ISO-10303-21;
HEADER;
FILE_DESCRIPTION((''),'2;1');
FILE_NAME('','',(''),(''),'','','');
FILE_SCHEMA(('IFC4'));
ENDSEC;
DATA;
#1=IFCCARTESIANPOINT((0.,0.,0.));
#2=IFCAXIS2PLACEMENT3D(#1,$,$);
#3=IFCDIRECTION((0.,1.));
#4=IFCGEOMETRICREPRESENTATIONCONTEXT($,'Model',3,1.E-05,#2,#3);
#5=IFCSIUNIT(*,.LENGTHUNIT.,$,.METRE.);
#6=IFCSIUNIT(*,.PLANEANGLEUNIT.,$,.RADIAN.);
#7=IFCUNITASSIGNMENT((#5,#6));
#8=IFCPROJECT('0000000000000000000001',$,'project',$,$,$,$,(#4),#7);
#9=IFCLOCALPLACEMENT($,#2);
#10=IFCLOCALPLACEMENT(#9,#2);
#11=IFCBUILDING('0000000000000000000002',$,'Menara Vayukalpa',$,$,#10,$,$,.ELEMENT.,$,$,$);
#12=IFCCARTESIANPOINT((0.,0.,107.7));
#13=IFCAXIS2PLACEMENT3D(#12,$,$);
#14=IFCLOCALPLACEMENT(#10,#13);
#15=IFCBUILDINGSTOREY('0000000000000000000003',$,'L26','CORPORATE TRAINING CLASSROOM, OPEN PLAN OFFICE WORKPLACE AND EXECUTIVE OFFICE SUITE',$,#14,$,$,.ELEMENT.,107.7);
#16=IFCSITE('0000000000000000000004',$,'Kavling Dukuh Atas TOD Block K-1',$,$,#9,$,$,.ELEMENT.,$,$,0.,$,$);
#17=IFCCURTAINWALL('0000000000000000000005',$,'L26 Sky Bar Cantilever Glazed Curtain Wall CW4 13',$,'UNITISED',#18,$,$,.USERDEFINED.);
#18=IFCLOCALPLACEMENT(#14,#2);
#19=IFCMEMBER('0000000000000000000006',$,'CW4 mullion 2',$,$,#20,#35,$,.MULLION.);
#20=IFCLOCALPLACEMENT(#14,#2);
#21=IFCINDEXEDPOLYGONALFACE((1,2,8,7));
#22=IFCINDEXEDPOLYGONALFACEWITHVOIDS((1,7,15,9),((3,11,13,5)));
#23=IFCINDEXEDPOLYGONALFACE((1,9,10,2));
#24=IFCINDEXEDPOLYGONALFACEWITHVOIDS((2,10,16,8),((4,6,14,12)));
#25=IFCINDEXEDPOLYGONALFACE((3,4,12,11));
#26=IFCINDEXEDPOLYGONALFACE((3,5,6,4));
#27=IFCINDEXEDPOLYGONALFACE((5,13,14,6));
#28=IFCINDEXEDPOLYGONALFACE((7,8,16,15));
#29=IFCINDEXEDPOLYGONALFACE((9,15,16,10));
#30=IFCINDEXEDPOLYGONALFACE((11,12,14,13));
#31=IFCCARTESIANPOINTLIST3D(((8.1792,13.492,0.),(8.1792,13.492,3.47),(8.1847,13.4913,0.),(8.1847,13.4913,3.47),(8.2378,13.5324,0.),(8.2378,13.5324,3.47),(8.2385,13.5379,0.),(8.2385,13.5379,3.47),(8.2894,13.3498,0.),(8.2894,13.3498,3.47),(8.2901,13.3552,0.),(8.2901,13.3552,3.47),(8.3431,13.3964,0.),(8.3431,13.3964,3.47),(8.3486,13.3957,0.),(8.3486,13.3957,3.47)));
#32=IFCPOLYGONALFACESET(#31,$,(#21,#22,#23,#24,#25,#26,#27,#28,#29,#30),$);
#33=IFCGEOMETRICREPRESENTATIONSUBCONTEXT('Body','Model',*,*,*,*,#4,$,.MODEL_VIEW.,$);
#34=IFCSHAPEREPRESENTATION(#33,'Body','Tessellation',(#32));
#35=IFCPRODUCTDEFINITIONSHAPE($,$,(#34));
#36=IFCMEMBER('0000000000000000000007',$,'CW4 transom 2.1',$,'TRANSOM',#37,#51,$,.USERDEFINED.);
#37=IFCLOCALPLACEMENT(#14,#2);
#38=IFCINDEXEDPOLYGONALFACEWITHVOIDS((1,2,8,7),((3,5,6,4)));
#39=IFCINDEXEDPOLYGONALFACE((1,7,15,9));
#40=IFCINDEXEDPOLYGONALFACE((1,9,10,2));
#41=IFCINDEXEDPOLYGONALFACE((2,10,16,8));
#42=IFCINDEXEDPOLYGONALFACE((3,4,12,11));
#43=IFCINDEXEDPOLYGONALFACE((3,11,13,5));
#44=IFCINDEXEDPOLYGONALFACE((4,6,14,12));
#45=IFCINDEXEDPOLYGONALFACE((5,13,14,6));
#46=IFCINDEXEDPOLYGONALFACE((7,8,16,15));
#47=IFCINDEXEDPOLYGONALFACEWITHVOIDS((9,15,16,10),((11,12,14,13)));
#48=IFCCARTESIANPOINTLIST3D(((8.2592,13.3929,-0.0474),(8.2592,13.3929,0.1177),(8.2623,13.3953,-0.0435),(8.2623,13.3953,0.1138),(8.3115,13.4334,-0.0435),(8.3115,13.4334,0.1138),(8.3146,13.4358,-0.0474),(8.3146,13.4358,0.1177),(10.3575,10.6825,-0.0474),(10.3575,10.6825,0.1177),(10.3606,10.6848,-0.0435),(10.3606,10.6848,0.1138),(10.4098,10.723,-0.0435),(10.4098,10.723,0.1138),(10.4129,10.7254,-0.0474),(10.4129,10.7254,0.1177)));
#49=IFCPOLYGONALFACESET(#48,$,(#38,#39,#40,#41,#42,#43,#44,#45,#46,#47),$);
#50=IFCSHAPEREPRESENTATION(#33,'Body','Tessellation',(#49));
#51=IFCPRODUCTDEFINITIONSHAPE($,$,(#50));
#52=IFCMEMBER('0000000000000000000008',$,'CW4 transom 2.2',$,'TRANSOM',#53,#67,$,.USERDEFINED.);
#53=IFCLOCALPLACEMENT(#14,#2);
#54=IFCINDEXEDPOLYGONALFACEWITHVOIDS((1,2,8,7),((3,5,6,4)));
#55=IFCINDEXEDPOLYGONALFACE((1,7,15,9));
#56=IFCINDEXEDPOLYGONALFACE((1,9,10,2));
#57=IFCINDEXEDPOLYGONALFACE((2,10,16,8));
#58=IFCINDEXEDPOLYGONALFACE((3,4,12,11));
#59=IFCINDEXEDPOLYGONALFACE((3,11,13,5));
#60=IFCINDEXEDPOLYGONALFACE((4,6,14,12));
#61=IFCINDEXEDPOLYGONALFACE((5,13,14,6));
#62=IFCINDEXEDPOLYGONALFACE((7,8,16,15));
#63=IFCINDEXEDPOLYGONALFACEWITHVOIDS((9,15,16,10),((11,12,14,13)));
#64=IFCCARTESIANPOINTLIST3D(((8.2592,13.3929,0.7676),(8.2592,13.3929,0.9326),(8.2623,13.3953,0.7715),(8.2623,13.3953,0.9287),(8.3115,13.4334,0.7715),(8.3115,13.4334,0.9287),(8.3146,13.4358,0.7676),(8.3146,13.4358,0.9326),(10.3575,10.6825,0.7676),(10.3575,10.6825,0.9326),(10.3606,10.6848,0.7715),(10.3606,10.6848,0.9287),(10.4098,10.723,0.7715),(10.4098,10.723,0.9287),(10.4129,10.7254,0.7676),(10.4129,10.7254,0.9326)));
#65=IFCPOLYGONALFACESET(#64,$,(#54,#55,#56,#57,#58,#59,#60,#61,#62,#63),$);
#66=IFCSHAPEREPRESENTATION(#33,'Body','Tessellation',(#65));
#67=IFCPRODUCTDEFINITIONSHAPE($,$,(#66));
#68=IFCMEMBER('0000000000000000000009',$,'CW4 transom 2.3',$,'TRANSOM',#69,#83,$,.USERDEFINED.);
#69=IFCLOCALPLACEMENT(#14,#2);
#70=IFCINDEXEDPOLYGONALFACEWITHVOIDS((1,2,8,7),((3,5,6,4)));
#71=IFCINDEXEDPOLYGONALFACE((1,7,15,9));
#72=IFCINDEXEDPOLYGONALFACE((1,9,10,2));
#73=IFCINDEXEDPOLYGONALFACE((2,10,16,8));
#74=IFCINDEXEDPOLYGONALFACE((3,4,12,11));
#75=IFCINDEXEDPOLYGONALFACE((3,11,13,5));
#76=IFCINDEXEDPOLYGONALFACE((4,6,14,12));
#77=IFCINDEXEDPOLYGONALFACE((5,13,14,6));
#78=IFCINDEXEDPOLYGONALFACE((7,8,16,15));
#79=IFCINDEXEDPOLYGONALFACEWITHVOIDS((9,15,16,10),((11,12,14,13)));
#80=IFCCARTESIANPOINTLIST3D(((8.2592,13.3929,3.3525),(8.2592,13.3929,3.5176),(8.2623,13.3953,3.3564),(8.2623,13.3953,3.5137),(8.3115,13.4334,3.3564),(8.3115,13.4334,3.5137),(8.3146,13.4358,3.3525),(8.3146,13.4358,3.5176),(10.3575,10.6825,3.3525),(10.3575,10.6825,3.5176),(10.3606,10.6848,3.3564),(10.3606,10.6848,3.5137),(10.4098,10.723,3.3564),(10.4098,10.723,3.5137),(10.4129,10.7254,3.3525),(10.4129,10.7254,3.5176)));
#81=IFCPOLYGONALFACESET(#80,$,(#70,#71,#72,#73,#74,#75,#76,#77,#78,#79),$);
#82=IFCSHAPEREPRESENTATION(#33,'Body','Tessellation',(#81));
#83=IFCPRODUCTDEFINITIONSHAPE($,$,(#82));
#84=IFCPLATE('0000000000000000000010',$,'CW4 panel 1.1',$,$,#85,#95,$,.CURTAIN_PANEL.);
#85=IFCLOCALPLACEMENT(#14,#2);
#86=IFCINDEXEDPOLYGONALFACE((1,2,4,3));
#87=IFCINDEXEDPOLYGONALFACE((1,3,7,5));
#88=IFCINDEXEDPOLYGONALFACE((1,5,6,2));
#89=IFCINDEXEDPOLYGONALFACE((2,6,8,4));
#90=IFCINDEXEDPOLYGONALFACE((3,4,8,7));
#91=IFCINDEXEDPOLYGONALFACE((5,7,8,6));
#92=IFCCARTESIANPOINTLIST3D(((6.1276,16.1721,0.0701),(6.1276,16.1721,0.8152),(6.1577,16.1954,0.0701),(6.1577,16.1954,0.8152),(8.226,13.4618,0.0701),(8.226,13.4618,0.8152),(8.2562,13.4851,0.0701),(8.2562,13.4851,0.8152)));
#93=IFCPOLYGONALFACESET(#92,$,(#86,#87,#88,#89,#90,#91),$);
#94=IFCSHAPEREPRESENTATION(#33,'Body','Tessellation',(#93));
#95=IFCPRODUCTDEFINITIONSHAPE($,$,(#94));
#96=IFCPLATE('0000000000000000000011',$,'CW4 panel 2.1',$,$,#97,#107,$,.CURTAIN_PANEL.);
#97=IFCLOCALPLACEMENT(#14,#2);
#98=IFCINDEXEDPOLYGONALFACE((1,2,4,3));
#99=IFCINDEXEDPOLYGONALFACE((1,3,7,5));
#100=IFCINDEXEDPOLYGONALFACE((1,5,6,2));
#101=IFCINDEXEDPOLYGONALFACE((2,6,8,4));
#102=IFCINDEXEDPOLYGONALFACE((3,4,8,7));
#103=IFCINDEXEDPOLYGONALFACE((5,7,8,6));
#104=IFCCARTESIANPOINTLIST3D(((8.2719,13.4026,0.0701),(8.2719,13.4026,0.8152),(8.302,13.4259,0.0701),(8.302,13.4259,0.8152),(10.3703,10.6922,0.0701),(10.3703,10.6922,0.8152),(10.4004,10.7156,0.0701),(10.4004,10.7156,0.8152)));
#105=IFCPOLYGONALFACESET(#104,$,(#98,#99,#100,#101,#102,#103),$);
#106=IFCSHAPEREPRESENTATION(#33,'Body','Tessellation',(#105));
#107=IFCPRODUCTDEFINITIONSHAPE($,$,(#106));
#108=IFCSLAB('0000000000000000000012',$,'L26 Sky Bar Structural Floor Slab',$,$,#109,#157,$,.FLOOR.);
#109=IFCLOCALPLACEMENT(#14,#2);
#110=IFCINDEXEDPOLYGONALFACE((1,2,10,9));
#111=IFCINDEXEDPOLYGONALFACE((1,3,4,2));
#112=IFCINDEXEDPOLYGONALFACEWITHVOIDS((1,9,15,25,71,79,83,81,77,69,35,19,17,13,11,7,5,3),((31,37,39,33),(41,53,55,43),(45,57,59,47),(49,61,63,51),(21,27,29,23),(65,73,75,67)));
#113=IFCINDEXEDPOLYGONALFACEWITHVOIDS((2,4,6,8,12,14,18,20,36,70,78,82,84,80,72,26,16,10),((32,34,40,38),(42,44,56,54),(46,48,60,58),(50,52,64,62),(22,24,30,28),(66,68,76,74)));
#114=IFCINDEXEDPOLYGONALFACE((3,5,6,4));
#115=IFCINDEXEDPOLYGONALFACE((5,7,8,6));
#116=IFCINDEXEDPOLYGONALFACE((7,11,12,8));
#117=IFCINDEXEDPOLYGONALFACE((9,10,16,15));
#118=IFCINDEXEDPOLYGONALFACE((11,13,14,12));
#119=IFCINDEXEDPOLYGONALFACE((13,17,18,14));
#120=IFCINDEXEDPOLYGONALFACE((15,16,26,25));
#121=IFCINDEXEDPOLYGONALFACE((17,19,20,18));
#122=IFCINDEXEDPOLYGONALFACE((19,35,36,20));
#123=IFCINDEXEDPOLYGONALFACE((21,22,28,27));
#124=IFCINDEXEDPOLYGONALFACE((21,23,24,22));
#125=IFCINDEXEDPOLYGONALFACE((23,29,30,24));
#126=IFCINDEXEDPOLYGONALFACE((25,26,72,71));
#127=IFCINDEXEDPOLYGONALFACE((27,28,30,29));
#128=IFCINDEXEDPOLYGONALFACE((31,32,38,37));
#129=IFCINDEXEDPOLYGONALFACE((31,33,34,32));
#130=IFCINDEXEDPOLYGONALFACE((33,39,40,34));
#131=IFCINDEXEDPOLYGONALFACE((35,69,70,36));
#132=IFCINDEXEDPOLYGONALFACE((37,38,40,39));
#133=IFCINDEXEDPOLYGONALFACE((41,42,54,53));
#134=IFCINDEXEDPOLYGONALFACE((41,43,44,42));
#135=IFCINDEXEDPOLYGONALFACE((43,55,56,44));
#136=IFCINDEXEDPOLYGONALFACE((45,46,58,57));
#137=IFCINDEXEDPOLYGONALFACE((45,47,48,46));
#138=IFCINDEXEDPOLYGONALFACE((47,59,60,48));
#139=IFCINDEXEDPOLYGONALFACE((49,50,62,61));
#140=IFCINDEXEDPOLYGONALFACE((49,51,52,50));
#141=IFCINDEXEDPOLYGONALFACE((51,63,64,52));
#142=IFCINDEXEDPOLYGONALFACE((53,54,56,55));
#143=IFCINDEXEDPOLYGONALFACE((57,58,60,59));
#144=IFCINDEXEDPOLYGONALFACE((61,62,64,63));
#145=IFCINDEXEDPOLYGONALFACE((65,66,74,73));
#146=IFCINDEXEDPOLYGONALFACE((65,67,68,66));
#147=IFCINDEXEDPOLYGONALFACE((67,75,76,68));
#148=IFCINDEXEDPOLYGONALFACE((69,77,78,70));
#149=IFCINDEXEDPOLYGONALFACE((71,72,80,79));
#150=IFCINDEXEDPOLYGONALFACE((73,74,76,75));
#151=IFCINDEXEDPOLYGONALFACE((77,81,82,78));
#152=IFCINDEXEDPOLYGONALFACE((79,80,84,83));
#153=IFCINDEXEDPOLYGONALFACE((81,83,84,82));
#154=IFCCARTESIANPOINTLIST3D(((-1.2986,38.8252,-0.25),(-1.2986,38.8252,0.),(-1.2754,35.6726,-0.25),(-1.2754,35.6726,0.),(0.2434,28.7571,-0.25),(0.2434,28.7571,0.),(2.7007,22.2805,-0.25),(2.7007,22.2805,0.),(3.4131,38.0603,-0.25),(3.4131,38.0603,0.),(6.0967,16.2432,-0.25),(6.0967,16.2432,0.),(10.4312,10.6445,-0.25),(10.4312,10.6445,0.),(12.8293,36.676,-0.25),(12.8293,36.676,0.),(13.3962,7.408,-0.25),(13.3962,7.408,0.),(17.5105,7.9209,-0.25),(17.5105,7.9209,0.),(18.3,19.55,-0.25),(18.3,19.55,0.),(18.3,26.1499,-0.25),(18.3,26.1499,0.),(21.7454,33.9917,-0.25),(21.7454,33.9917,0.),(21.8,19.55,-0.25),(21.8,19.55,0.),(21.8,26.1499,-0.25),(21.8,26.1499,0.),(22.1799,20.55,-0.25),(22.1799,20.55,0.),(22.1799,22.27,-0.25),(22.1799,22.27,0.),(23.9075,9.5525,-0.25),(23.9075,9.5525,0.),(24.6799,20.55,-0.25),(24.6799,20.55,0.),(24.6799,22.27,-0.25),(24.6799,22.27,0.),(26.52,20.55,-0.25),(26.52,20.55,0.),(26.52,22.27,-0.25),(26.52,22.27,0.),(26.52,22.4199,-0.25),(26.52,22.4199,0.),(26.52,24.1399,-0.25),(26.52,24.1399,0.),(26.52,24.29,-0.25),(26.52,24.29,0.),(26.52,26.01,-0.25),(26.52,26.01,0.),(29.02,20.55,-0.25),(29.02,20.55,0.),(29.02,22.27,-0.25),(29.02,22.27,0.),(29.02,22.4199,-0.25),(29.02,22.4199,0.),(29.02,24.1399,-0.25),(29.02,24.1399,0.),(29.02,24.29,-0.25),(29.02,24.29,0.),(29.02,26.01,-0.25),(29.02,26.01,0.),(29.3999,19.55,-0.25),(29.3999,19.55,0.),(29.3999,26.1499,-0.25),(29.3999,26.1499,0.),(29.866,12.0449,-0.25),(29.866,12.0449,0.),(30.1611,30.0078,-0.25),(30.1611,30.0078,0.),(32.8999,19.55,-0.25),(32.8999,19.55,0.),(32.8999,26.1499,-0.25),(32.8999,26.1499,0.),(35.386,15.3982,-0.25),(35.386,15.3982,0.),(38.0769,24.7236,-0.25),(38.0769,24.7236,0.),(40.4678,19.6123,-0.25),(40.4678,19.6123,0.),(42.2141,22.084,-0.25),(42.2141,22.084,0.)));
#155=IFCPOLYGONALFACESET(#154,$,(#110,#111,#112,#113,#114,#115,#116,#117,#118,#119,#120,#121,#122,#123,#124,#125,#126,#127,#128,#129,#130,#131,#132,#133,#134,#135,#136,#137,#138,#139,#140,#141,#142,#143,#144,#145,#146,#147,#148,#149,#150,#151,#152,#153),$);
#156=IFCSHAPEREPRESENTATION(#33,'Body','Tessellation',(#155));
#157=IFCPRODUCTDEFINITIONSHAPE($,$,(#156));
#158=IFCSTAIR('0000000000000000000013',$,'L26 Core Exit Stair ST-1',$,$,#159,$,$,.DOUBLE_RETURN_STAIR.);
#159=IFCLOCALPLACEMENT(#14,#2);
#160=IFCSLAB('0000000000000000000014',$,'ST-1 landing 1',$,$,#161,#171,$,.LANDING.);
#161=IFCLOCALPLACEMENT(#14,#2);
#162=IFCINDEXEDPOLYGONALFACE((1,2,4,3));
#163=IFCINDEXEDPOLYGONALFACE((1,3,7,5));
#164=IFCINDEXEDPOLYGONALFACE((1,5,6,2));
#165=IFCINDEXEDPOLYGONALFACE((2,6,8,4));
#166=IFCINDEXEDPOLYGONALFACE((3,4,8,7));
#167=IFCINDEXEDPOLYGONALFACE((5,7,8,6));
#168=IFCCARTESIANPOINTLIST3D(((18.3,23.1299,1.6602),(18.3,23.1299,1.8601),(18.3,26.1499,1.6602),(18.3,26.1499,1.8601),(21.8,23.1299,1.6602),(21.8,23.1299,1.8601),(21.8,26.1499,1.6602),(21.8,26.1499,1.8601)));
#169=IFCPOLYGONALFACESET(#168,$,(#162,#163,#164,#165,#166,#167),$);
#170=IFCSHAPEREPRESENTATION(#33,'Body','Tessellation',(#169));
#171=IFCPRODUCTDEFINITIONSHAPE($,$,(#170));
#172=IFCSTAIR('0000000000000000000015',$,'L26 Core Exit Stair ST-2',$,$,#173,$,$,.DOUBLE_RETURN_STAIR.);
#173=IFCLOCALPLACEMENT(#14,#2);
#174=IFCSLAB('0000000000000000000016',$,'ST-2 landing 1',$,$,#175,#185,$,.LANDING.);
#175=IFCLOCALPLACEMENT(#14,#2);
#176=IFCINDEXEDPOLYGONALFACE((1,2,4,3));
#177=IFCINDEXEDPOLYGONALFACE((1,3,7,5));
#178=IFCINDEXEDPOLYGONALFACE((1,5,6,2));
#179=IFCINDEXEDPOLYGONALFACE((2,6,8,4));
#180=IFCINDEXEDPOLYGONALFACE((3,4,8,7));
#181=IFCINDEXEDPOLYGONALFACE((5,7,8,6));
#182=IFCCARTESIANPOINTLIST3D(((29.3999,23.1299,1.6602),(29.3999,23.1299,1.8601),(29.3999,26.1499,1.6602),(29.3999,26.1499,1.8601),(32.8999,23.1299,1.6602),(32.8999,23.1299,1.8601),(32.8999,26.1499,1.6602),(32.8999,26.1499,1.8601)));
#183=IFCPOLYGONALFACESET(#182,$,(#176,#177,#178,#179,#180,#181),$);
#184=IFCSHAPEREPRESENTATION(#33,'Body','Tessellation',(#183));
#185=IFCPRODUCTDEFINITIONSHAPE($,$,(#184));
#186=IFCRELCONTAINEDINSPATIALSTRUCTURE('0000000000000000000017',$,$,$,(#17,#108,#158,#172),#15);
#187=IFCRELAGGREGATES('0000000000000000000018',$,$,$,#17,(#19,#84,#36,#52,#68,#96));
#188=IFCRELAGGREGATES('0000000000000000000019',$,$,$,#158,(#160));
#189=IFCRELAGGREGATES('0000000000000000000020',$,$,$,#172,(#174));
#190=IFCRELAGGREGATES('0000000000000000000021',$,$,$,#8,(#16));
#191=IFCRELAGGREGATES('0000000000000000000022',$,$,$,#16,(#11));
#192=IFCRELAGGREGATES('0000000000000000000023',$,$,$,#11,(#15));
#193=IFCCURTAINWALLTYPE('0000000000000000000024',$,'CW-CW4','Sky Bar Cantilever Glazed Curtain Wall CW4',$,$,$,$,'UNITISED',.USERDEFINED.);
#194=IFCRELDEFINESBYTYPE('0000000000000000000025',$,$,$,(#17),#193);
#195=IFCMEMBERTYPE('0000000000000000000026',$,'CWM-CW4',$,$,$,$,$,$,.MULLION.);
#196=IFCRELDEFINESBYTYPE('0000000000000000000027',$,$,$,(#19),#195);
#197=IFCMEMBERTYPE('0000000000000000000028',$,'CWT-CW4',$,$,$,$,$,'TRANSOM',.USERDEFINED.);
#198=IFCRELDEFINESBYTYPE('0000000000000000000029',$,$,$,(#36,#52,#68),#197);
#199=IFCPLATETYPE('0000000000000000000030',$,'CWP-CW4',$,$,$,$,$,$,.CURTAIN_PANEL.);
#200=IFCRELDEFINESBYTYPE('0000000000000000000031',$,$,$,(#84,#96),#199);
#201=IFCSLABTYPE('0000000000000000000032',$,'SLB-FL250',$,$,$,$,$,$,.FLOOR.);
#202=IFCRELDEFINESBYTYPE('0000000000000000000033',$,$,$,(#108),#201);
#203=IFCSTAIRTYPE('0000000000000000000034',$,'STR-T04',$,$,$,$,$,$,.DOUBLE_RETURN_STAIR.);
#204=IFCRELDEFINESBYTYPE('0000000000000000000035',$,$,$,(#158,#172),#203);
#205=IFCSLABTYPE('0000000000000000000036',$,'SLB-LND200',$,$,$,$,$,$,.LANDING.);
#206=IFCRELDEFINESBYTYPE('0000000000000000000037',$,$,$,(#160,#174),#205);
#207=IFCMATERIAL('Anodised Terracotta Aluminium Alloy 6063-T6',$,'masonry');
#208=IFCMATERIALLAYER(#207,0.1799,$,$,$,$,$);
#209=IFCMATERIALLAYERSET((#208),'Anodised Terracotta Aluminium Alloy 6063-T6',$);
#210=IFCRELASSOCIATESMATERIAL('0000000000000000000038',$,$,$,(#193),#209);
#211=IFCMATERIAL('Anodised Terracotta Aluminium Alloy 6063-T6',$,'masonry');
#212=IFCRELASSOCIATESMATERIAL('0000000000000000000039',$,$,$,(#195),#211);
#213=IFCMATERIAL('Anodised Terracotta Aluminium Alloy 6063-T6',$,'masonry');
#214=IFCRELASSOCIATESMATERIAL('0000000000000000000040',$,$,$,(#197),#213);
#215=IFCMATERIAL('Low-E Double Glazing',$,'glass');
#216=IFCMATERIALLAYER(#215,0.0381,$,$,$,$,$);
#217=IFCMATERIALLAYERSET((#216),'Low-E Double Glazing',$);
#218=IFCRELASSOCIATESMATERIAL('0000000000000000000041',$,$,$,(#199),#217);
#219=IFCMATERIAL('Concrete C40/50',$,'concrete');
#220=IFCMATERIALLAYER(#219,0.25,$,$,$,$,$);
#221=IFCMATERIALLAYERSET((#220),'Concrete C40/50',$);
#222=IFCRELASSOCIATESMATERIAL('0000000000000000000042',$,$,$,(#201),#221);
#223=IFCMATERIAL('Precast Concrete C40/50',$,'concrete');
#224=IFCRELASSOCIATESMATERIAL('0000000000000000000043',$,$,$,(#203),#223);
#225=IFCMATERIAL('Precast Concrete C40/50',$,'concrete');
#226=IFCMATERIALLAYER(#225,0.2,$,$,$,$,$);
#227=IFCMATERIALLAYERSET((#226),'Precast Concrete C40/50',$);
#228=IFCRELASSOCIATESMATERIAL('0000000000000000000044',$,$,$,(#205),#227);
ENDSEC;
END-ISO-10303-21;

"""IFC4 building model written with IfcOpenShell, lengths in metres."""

from ifc_helpers import new_model, si_unit, direction, frame, origin, origin_2d, place, context, subcontext, project, spatial, polyline, rectangle, hollow_rectangle, outline, extrude, material, layer, layer_set, material_profile, profile_set, type_object, element, aggregate, save


model = new_model("IFC4")

# Units and contexts
model_context = context("Model", 3, precision=1e-05, world=origin(), true_north=direction((0.0, 1.0)))
body_context = subcontext(model_context, "Body", "Model", "MODEL_VIEW")
ifc_project = project(units=[si_unit("LENGTHUNIT", "METRE"), si_unit("PLANEANGLEUNIT", "RADIAN")], contexts=[model_context])

# Site, building, storey
site_placement = place(None, origin())
site = spatial("IfcSite", under=ifc_project, at=site_placement, Name="Kavling Dukuh Atas TOD Block K-1", CompositionType="ELEMENT", RefElevation=0.0)
building_placement = place(site_placement, origin())
building = spatial("IfcBuilding", under=site, at=building_placement, Name="Menara Vayukalpa", CompositionType="ELEMENT")
storey_placement = place(building_placement, frame((0.0, 0.0, 107.7)))
storey = spatial("IfcBuildingStorey", under=building, at=storey_placement, Name="L26", Description="CORPORATE TRAINING CLASSROOM, OPEN PLAN OFFICE WORKPLACE AND EXECUTIVE OFFICE SUITE", CompositionType="ELEMENT", Elevation=107.7)

# Curtain wall, members, plates
ifc_material_1 = material(Name="Anodised Terracotta Aluminium Alloy 6063-T6", Category="masonry")
ifc_layer_1 = layer(ifc_material_1, 0.1799)
ifc_layer_set_1 = layer_set([ifc_layer_1], Name="Anodised Terracotta Aluminium Alloy 6063-T6")
curtain_wall_type = type_object("IfcCurtainWallType", Name="CW-CW4", Description="Sky Bar Cantilever Glazed Curtain Wall CW4", ElementType="UNITISED", PredefinedType="USERDEFINED", material=ifc_layer_set_1)
curtain_wall_placement = place(storey_placement, origin())
curtain_wall = element("IfcCurtainWall", 1, at=curtain_wall_placement, inside=storey, type_object=curtain_wall_type, Name="L26 Sky Bar Cantilever Glazed Curtain Wall CW4 13", ObjectType="UNITISED", PredefinedType="USERDEFINED")
ifc_material_2 = material(Name="Anodised Terracotta Aluminium Alloy 6063-T6", Category="masonry")
ifc_material_profile_1 = material_profile(ifc_material_2, hollow_rectangle(XDim=0.075, YDim=0.1799, WallThickness=0.0039, at=origin_2d()), Name="ALU 75x180x4")
ifc_profile_set_1 = profile_set([ifc_material_profile_1], Name="Anodised Terracotta Aluminium Alloy 6063-T6")
member_type_1 = type_object("IfcMemberType", Name="CWM-CW4", PredefinedType="MULLION", material=ifc_profile_set_1)
member_1_placement = place(storey_placement, frame((8.2639, 13.4438, 0.0), z_axis=(0.0, 0.0, 1.0), x_axis=(0.790712, 0.612189, 0.0)))
member_1 = element("IfcMember", 2, at=member_1_placement, type_object=member_type_1, Name="CW4 mullion 2", PredefinedType="MULLION", context=body_context, shape_type="SweptSolid", body=[
    extrude(hollow_rectangle(XDim=0.075, YDim=0.1799, WallThickness=0.0039, at=origin_2d()), origin(), (0.0, 0.0, 1.0), 3.47),
])
ifc_material_3 = material(Name="Anodised Terracotta Aluminium Alloy 6063-T6", Category="masonry")
ifc_material_profile_2 = material_profile(ifc_material_3, hollow_rectangle(XDim=0.0701, YDim=0.165, WallThickness=0.0039, at=origin_2d()), Name="ALU 70x165x4")
ifc_profile_set_2 = profile_set([ifc_material_profile_2], Name="Anodised Terracotta Aluminium Alloy 6063-T6")
member_type_2 = type_object("IfcMemberType", Name="CWT-CW4", ElementType="TRANSOM", PredefinedType="USERDEFINED", material=ifc_profile_set_2)
member_2_placement = place(storey_placement, frame((8.2869, 13.4143, 0.0352), z_axis=(0.612169, -0.790727, 0.0), x_axis=(0.790727, 0.612169, 0.0)))
member_2 = element("IfcMember", 3, at=member_2_placement, type_object=member_type_2, Name="CW4 transom 2.1", ObjectType="TRANSOM", PredefinedType="USERDEFINED", context=body_context, shape_type="SweptSolid", body=[
    extrude(hollow_rectangle(XDim=0.0701, YDim=0.165, WallThickness=0.0039, at=origin_2d()), origin(), (0.0, 0.0, 1.0), 3.4277),
])
member_3_placement = place(storey_placement, frame((8.2869, 13.4143, 0.8501), z_axis=(0.612169, -0.790727, 0.0), x_axis=(0.790727, 0.612169, 0.0)))
member_3 = element("IfcMember", 4, at=member_3_placement, type_object=member_type_2, Name="CW4 transom 2.2", ObjectType="TRANSOM", PredefinedType="USERDEFINED", context=body_context, shape_type="SweptSolid", body=[
    extrude(hollow_rectangle(XDim=0.0701, YDim=0.165, WallThickness=0.0039, at=origin_2d()), origin(), (0.0, 0.0, 1.0), 3.4277),
])
member_4_placement = place(storey_placement, frame((8.2869, 13.4143, 3.4351), z_axis=(0.612169, -0.790727, 0.0), x_axis=(0.790727, 0.612169, 0.0)))
member_4 = element("IfcMember", 5, at=member_4_placement, type_object=member_type_2, Name="CW4 transom 2.3", ObjectType="TRANSOM", PredefinedType="USERDEFINED", context=body_context, shape_type="SweptSolid", body=[
    extrude(hollow_rectangle(XDim=0.0701, YDim=0.165, WallThickness=0.0039, at=origin_2d()), origin(), (0.0, 0.0, 1.0), 3.4277),
])
ifc_material_4 = material(Name="Low-E Double Glazing", Category="glass")
ifc_layer_2 = layer(ifc_material_4, 0.0381)
ifc_layer_set_2 = layer_set([ifc_layer_2], Name="Low-E Double Glazing")
plate_type = type_object("IfcPlateType", Name="CWP-CW4", PredefinedType="CURTAIN_PANEL", material=ifc_layer_set_2)
plate_1_placement = place(storey_placement, frame((7.1919, 14.8286, 0.0701), z_axis=(0.0, 0.0, 1.0), x_axis=(0.612189, -0.790712, 0.0)))
plate_1 = element("IfcPlate", 6, at=plate_1_placement, type_object=plate_type, Name="CW4 panel 1.1", PredefinedType="CURTAIN_PANEL", context=body_context, shape_type="SweptSolid", body=[
    extrude(rectangle(XDim=3.4277, YDim=0.0381, at=origin_2d()), origin(), (0.0, 0.0, 1.0), 0.7451),
])
plate_2_placement = place(storey_placement, frame((9.3362, 12.0591, 0.0701), z_axis=(0.0, 0.0, 1.0), x_axis=(0.612189, -0.790712, 0.0)))
plate_2 = element("IfcPlate", 7, at=plate_2_placement, type_object=plate_type, Name="CW4 panel 2.1", PredefinedType="CURTAIN_PANEL", context=body_context, shape_type="SweptSolid", body=[
    extrude(rectangle(XDim=3.4277, YDim=0.0381, at=origin_2d()), origin(), (0.0, 0.0, 1.0), 0.7451),
])
aggregate(curtain_wall, [member_1, plate_1, member_2, member_3, member_4, plate_2])

# Slab
ifc_material_5 = material(Name="Concrete C40/50", Category="concrete")
ifc_layer_3 = layer(ifc_material_5, 0.25)
ifc_layer_set_3 = layer_set([ifc_layer_3], Name="Concrete C40/50")
slab_type_1 = type_object("IfcSlabType", Name="SLB-FL250", PredefinedType="FLOOR", material=ifc_layer_set_3)
slab_1_placement = place(storey_placement, frame((0.0, 0.0, -0.25)))
element("IfcSlab", 8, at=slab_1_placement, inside=storey, type_object=slab_type_1, Name="L26 Sky Bar Structural Floor Slab", PredefinedType="FLOOR", context=body_context, shape_type="SweptSolid", body=[
    extrude(outline(polyline([(40.4678, 19.6123), (42.2141, 22.084), (38.0769, 24.7236), (30.1611, 30.0078), (21.7454, 33.9917), (12.8293, 36.676), (3.4131, 38.0603), (-1.2986, 38.8252), (-1.2754, 35.6726), (0.2434, 28.7571), (2.7007, 22.2805), (6.0967, 16.2432), (10.4312, 10.6445), (13.3962, 7.408), (17.5105, 7.9209), (23.9075, 9.5525), (29.866, 12.0449), (35.386, 15.3982), (40.4678, 19.6123)]), holes=[polyline([(21.8, 19.55), (21.8, 26.1499), (18.3, 26.1499), (18.3, 19.55), (21.8, 19.55)]), polyline([(32.8999, 19.55), (32.8999, 26.1499), (29.3999, 26.1499), (29.3999, 19.55), (32.8999, 19.55)]), polyline([(22.1799, 20.55), (24.6799, 20.55), (24.6799, 22.27), (22.1799, 22.27), (22.1799, 20.55)]), polyline([(26.52, 20.55), (29.02, 20.55), (29.02, 22.27), (26.52, 22.27), (26.52, 20.55)]), polyline([(26.52, 24.29), (29.02, 24.29), (29.02, 26.01), (26.52, 26.01), (26.52, 24.29)]), polyline([(26.52, 22.4199), (29.02, 22.4199), (29.02, 24.1399), (26.52, 24.1399), (26.52, 22.4199)])]), origin(), (0.0, 0.0, 1.0), 0.25),
])

# Stairs, slabs
ifc_material_6 = material(Name="Precast Concrete C40/50", Category="concrete")
stair_type = type_object("IfcStairType", Name="STR-T04", PredefinedType="DOUBLE_RETURN_STAIR", material=ifc_material_6)
stair_1_placement = place(storey_placement, origin())
stair_1 = element("IfcStair", 9, at=stair_1_placement, inside=storey, type_object=stair_type, Name="L26 Core Exit Stair ST-1", PredefinedType="DOUBLE_RETURN_STAIR")
ifc_material_7 = material(Name="Precast Concrete C40/50", Category="concrete")
ifc_layer_4 = layer(ifc_material_7, 0.2)
ifc_layer_set_4 = layer_set([ifc_layer_4], Name="Precast Concrete C40/50")
slab_type_2 = type_object("IfcSlabType", Name="SLB-LND200", PredefinedType="LANDING", material=ifc_layer_set_4)
slab_2_placement = place(storey_placement, frame((0.0, 0.0, 1.6602)))
slab_2 = element("IfcSlab", 10, at=slab_2_placement, type_object=slab_type_2, Name="ST-1 landing 1", PredefinedType="LANDING", context=body_context, shape_type="SweptSolid", body=[
    extrude(outline(polyline([(21.8, 23.1299), (21.8, 26.1499), (18.3, 26.1499), (18.3, 23.1299), (21.8, 23.1299)])), origin(), (0.0, 0.0, 1.0), 0.2),
])
aggregate(stair_1, [slab_2])
stair_2_placement = place(storey_placement, origin())
stair_2 = element("IfcStair", 11, at=stair_2_placement, inside=storey, type_object=stair_type, Name="L26 Core Exit Stair ST-2", PredefinedType="DOUBLE_RETURN_STAIR")
slab_3_placement = place(storey_placement, frame((0.0, 0.0, 1.6602)))
slab_3 = element("IfcSlab", 12, at=slab_3_placement, type_object=slab_type_2, Name="ST-2 landing 1", PredefinedType="LANDING", context=body_context, shape_type="SweptSolid", body=[
    extrude(outline(polyline([(32.8999, 23.1299), (32.8999, 26.1499), (29.3999, 26.1499), (29.3999, 23.1299), (32.8999, 23.1299)])), origin(), (0.0, 0.0, 1.0), 0.2),
])
aggregate(stair_2, [slab_3])

save(model, "model.ifc")
